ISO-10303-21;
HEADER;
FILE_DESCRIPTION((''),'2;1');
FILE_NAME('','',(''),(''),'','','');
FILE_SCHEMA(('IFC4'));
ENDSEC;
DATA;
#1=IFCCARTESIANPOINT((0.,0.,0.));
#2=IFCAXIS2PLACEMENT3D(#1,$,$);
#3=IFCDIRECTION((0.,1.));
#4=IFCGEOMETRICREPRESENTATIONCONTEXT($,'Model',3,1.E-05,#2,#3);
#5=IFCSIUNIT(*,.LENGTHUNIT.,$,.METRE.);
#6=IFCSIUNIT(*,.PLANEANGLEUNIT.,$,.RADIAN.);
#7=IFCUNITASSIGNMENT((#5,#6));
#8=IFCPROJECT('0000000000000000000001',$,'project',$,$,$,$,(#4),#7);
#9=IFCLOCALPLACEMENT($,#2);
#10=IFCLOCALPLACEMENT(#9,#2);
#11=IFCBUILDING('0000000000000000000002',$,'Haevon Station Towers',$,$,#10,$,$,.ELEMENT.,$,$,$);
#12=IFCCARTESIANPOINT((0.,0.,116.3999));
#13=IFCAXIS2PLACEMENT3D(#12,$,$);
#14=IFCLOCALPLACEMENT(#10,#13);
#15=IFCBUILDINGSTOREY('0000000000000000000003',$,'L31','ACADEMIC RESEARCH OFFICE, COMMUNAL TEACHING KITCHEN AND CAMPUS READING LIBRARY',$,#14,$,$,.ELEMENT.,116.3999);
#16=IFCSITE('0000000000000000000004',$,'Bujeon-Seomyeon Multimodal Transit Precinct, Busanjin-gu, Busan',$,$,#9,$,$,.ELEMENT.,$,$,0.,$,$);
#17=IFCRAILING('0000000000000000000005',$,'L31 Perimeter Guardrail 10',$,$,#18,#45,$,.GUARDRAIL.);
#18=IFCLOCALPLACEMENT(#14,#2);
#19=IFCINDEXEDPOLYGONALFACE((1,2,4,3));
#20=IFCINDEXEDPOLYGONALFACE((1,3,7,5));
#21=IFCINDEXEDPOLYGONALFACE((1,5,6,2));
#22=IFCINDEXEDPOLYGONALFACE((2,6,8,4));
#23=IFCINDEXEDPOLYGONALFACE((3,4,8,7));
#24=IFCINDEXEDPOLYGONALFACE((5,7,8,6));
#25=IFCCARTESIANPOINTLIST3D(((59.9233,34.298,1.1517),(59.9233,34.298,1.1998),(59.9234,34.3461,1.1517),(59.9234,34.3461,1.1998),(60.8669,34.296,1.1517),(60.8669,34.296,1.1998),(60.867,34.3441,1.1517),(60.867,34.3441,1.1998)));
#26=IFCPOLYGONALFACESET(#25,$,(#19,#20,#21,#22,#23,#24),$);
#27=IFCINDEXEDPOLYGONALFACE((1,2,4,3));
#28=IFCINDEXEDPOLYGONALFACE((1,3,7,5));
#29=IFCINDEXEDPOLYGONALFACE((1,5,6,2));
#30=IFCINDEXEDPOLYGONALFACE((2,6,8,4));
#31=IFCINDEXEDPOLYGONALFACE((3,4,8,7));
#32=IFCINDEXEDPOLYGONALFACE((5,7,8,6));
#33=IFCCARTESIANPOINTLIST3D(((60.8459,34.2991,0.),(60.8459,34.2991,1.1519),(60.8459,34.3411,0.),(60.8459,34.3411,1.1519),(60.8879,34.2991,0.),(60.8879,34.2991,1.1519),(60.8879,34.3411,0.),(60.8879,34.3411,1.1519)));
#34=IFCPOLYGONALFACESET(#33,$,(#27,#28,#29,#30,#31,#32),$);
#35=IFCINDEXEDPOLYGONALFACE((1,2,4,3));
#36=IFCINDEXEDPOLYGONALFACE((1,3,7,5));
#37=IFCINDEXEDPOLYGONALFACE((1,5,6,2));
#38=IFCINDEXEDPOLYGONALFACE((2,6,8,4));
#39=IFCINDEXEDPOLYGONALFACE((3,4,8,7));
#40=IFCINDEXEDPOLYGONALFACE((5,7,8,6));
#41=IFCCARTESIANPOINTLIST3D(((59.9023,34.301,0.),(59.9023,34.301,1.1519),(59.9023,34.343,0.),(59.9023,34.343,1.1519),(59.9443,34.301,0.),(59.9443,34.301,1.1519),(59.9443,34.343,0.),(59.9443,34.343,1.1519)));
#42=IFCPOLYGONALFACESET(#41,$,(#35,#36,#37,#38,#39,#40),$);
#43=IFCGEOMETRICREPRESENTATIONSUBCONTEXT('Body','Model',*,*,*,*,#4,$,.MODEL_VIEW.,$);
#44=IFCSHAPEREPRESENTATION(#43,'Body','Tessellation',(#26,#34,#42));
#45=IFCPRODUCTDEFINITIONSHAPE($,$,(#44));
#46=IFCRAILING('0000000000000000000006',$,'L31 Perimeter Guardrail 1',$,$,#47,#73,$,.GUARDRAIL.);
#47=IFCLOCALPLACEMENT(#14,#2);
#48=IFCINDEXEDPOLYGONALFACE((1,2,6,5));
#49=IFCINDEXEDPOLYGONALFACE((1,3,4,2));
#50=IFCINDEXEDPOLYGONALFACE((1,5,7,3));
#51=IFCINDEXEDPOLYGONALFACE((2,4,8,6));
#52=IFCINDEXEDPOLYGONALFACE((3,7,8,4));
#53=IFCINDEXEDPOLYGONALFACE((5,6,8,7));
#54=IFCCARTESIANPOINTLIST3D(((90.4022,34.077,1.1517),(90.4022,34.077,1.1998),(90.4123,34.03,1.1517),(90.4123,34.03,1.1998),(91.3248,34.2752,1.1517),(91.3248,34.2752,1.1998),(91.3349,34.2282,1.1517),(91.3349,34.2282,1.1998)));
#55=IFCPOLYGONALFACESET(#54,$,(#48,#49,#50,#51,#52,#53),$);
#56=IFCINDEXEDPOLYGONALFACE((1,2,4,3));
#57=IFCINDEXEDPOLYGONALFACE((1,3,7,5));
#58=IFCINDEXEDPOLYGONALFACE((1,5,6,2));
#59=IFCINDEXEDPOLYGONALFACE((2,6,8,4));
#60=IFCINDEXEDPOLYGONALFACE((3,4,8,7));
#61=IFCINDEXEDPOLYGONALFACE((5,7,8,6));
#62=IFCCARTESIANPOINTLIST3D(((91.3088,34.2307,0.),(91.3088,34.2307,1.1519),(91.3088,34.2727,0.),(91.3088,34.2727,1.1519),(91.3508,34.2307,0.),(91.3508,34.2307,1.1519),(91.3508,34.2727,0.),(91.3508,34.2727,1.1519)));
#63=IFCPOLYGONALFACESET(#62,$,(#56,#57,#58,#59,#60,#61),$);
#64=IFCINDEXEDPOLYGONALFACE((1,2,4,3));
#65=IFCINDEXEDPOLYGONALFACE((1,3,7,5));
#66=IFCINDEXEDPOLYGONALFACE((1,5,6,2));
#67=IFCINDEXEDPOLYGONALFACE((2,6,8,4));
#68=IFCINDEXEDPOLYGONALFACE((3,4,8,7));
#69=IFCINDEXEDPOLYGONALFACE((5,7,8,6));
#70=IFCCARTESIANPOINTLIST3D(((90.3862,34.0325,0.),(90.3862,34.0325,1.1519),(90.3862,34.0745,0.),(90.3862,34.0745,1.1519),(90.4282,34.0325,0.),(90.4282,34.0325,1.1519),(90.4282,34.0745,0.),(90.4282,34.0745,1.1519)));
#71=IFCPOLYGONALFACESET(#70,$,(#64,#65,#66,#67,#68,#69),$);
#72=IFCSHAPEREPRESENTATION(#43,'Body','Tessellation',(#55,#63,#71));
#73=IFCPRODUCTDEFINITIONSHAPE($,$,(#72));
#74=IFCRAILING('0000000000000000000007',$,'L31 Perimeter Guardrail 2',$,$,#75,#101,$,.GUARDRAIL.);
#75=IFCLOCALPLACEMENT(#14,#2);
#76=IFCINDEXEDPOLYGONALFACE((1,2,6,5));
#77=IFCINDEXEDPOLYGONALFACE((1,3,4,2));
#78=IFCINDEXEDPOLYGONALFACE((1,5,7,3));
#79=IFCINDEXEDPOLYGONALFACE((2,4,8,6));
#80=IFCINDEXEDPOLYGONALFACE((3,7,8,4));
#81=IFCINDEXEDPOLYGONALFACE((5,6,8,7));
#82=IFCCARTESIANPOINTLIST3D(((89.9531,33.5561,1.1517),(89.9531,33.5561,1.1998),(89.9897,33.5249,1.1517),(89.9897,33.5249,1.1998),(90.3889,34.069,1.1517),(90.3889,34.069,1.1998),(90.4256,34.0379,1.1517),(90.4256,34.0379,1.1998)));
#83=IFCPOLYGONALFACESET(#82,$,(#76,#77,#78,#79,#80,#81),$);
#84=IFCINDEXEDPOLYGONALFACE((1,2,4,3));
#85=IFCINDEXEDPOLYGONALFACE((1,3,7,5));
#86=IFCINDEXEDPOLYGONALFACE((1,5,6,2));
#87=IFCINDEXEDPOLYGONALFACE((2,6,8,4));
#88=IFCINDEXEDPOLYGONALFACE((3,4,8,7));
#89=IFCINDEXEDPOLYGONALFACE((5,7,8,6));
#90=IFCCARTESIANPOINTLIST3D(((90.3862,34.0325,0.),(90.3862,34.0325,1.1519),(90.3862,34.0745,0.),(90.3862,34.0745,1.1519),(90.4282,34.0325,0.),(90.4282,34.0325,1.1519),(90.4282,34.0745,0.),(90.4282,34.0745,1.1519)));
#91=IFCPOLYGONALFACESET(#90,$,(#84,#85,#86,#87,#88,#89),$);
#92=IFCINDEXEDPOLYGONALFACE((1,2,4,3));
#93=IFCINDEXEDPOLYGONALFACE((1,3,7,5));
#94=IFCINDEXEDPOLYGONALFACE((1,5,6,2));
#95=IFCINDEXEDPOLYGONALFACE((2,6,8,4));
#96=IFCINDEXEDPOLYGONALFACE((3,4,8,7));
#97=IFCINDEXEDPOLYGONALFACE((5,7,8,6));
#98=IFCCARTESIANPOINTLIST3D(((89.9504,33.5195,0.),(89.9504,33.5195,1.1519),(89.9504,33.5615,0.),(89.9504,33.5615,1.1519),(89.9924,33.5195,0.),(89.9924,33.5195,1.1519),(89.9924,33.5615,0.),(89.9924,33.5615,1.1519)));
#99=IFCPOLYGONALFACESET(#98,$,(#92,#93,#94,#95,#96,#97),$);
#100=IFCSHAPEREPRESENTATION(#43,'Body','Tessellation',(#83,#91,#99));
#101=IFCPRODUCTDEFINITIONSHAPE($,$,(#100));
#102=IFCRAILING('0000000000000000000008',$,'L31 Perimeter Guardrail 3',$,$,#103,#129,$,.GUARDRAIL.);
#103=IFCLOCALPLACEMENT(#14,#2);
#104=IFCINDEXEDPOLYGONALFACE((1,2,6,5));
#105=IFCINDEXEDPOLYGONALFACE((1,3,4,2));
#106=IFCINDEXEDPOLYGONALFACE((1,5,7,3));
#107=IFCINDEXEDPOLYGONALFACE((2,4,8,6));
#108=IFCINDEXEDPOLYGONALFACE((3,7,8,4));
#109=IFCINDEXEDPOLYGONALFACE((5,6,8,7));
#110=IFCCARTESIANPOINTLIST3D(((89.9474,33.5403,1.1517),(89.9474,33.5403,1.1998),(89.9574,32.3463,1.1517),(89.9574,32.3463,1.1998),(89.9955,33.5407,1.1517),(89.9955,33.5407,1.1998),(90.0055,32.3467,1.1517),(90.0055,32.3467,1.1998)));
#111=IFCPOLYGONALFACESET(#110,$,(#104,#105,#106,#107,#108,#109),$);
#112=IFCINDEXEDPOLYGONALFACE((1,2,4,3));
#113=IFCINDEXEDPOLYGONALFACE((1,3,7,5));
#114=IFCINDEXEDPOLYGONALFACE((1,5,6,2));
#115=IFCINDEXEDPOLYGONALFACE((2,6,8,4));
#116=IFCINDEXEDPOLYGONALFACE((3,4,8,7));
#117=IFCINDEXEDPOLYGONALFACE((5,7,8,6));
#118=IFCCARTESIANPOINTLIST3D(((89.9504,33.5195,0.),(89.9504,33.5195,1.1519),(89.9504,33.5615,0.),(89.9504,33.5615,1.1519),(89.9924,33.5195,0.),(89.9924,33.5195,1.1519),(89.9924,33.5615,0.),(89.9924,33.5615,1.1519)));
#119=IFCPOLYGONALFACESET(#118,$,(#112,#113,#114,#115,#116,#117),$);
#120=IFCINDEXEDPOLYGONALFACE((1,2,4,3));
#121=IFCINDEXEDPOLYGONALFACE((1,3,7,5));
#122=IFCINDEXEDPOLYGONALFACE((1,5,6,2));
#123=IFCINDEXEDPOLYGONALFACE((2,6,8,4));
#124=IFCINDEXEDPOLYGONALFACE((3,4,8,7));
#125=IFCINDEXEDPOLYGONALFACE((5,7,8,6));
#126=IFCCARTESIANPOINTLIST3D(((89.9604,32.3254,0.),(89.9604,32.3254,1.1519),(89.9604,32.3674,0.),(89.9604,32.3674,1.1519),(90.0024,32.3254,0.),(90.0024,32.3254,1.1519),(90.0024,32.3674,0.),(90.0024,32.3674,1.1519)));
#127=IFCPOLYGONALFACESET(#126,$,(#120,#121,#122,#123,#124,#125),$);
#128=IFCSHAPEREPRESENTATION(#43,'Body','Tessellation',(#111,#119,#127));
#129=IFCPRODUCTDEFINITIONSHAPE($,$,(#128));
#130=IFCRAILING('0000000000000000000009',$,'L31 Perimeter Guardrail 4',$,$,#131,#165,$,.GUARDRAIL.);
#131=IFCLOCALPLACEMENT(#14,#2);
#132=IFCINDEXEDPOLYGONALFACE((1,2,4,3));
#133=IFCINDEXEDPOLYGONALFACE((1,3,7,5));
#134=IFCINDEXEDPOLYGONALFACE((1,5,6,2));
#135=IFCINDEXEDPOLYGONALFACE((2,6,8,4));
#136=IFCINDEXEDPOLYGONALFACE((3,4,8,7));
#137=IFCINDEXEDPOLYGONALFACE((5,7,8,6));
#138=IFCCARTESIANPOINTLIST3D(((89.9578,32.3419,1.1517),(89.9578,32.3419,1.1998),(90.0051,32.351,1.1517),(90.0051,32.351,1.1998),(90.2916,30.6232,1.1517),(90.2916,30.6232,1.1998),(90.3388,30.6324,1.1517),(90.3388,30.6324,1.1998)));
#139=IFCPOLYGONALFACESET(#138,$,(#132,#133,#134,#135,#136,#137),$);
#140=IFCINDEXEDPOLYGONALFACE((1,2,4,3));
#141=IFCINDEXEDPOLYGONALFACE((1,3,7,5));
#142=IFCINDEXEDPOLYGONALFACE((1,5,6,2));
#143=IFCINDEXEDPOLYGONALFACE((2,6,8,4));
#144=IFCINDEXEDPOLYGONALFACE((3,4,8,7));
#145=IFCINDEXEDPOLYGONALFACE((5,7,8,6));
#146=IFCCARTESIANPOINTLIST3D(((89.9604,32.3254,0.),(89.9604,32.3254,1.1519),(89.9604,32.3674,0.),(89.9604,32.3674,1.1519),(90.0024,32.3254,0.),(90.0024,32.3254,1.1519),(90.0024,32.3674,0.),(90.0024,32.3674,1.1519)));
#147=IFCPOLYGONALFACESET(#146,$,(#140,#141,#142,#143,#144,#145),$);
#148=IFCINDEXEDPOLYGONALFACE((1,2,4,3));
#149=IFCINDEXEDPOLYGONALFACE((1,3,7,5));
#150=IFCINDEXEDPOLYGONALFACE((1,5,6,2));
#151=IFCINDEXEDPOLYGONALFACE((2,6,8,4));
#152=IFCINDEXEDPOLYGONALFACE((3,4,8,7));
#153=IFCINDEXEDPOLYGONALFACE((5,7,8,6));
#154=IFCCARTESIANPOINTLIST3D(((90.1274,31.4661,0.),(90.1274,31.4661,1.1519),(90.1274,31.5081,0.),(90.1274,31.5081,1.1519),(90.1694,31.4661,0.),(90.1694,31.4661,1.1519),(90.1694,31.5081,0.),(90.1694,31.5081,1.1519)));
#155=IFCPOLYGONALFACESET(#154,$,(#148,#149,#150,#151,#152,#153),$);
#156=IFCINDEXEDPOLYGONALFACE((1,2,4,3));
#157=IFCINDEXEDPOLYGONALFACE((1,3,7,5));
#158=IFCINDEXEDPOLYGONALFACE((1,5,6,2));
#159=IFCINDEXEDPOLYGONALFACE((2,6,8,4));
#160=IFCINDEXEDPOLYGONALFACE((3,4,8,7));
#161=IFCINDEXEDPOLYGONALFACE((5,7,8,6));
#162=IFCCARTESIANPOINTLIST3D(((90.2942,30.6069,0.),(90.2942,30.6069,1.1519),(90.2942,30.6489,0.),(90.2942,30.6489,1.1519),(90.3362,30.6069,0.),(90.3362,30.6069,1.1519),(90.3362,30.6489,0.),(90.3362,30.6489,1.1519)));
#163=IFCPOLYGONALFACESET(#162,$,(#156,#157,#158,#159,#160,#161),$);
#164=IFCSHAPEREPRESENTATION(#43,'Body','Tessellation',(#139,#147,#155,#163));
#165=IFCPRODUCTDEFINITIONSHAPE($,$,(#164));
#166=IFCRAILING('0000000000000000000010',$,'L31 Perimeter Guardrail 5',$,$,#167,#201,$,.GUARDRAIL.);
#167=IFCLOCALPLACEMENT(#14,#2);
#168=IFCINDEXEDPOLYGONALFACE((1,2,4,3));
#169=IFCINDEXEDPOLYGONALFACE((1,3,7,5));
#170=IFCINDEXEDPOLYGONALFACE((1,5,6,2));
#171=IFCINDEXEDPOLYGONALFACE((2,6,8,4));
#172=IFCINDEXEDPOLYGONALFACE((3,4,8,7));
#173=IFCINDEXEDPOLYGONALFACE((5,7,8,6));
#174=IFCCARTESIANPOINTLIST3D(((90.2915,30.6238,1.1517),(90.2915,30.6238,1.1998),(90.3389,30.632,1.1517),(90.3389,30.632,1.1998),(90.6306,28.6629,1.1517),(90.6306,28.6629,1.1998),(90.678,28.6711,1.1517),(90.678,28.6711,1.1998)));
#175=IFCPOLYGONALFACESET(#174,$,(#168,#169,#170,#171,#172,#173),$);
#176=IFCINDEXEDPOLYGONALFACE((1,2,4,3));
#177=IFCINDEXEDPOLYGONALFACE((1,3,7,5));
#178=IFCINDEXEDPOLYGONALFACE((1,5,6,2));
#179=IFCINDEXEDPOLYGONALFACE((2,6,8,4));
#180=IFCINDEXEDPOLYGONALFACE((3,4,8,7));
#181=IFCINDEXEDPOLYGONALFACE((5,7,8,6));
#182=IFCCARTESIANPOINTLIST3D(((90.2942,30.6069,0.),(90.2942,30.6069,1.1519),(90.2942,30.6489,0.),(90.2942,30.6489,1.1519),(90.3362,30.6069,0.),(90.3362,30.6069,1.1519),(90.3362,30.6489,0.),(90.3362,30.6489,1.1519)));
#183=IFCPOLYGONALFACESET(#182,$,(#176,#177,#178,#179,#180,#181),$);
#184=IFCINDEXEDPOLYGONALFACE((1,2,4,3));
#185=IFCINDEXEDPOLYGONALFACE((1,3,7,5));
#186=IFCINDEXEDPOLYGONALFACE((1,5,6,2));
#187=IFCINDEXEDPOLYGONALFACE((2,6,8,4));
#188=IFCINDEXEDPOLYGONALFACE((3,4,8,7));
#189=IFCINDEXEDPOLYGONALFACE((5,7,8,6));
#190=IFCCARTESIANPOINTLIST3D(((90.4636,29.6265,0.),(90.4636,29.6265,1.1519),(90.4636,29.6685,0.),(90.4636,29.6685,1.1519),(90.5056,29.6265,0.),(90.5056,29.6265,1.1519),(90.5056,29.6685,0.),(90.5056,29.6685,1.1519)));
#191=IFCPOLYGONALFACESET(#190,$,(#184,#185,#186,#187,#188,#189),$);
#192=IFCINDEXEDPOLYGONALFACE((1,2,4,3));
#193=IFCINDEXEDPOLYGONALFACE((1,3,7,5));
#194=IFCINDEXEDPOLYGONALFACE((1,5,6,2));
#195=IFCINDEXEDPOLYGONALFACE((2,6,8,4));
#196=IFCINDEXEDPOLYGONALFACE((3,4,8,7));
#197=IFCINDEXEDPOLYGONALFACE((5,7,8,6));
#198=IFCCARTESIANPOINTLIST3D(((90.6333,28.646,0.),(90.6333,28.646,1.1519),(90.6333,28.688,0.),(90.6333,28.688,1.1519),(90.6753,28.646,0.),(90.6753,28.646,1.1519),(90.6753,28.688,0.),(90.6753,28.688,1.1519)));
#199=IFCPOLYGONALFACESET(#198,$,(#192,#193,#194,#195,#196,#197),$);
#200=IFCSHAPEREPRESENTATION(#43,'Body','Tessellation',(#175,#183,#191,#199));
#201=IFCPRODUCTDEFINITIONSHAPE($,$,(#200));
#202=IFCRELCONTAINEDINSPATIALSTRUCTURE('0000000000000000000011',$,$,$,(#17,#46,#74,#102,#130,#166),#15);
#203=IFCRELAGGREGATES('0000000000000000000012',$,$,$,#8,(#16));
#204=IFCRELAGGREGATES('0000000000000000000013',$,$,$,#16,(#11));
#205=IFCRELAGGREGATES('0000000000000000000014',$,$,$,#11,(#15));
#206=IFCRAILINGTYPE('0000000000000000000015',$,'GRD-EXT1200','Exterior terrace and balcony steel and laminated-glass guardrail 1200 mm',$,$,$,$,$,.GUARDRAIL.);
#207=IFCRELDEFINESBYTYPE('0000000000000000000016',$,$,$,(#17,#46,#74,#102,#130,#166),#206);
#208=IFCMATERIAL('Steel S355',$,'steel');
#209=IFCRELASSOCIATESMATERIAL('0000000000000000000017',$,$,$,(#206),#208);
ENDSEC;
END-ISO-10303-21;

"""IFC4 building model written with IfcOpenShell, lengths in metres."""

from ifc_helpers import new_model, si_unit, direction, frame, origin, origin_2d, place, context, subcontext, project, spatial, rectangle, extrude, material, type_object, element, save


model = new_model("IFC4")

# Units and contexts
model_context = context("Model", 3, precision=1e-05, world=origin(), true_north=direction((0.0, 1.0)))
body_context = subcontext(model_context, "Body", "Model", "MODEL_VIEW")
ifc_project = project(units=[si_unit("LENGTHUNIT", "METRE"), si_unit("PLANEANGLEUNIT", "RADIAN")], contexts=[model_context])

# Site, building, storey
site_placement = place(None, origin())
site = spatial("IfcSite", under=ifc_project, at=site_placement, Name="Bujeon-Seomyeon Multimodal Transit Precinct, Busanjin-gu, Busan", CompositionType="ELEMENT", RefElevation=0.0)
building_placement = place(site_placement, origin())
building = spatial("IfcBuilding", under=site, at=building_placement, Name="Haevon Station Towers", CompositionType="ELEMENT")
storey_placement = place(building_placement, frame((0.0, 0.0, 116.3999)))
storey = spatial("IfcBuildingStorey", under=building, at=storey_placement, Name="L31", Description="ACADEMIC RESEARCH OFFICE, COMMUNAL TEACHING KITCHEN AND CAMPUS READING LIBRARY", CompositionType="ELEMENT", Elevation=116.3999)

# Shared definitions
ifc_material_1 = material(Name="Steel S355", Category="steel")

# Railings
railing_type = type_object("IfcRailingType", Name="GRD-EXT1200", Description="Exterior terrace and balcony steel and laminated-glass guardrail 1200 mm", PredefinedType="GUARDRAIL", material=ifc_material_1)
railing_1_placement = place(storey_placement, frame((60.8669, 34.3201, 0.0)))
element("IfcRailing", 1, at=railing_1_placement, inside=storey, type_object=railing_type, Name="L31 Perimeter Guardrail 10", PredefinedType="GUARDRAIL", context=body_context, shape_type="SweptSolid", body=[
    extrude(rectangle(XDim=0.0481, YDim=0.0481, at=origin_2d()), frame((0.0, 0.0, 1.1758), z_axis=(-0.999998, 0.00207, 0.0), x_axis=(-0.00207, -0.999998, 0.0)), (0.0, 0.0, 1.0), 0.9436),
    extrude(rectangle(XDim=0.042, YDim=0.042, at=origin_2d()), origin(), (0.0, 0.0, 1.0), 1.1519),
    extrude(rectangle(XDim=0.042, YDim=0.042, at=origin_2d()), frame((-0.9436, 0.002, 0.0)), (0.0, 0.0, 1.0), 1.1519),
])
railing_2_placement = place(storey_placement, frame((91.3298, 34.2517, 0.0)))
element("IfcRailing", 2, at=railing_2_placement, inside=storey, type_object=railing_type, Name="L31 Perimeter Guardrail 1", PredefinedType="GUARDRAIL", context=body_context, shape_type="SweptSolid", body=[
    extrude(rectangle(XDim=0.0481, YDim=0.0481, at=origin_2d()), frame((0.0, 0.0, 1.1758), z_axis=(-0.977685, -0.210077, 0.0), x_axis=(0.210077, -0.977685, 0.0)), (0.0, 0.0, 1.0), 0.9436),
    extrude(rectangle(XDim=0.042, YDim=0.042, at=origin_2d()), origin(), (0.0, 0.0, 1.0), 1.1519),
    extrude(rectangle(XDim=0.042, YDim=0.042, at=origin_2d()), frame((-0.9226, -0.1982, 0.0)), (0.0, 0.0, 1.0), 1.1519),
])
railing_3_placement = place(storey_placement, frame((90.4072, 34.0535, 0.0)))
element("IfcRailing", 3, at=railing_3_placement, inside=storey, type_object=railing_type, Name="L31 Perimeter Guardrail 2", PredefinedType="GUARDRAIL", context=body_context, shape_type="SweptSolid", body=[
    extrude(rectangle(XDim=0.0481, YDim=0.0481, at=origin_2d()), frame((0.0, 0.0, 1.1758), z_axis=(-0.647469, -0.762091, 0.0), x_axis=(0.762091, -0.647469, 0.0)), (0.0, 0.0, 1.0), 0.6731),
    extrude(rectangle(XDim=0.042, YDim=0.042, at=origin_2d()), origin(), (0.0, 0.0, 1.0), 1.1519),
    extrude(rectangle(XDim=0.042, YDim=0.042, at=origin_2d()), frame((-0.4358, -0.5129, 0.0)), (0.0, 0.0, 1.0), 1.1519),
])
railing_4_placement = place(storey_placement, frame((89.9714, 33.5405, 0.0)))
element("IfcRailing", 4, at=railing_4_placement, inside=storey, type_object=railing_type, Name="L31 Perimeter Guardrail 3", PredefinedType="GUARDRAIL", context=body_context, shape_type="SweptSolid", body=[
    extrude(rectangle(XDim=0.0481, YDim=0.0481, at=origin_2d()), frame((0.0, 0.0, 1.1758), z_axis=(0.008382, -0.999965, 0.0), x_axis=(0.999965, 0.008382, 0.0)), (0.0, 0.0, 1.0), 1.1941),
    extrude(rectangle(XDim=0.042, YDim=0.042, at=origin_2d()), origin(), (0.0, 0.0, 1.0), 1.1519),
    extrude(rectangle(XDim=0.042, YDim=0.042, at=origin_2d()), frame((0.01, -1.1941, 0.0)), (0.0, 0.0, 1.0), 1.1519),
])
railing_5_placement = place(storey_placement, frame((89.9814, 32.3464, 0.0)))
element("IfcRailing", 5, at=railing_5_placement, inside=storey, type_object=railing_type, Name="L31 Perimeter Guardrail 4", PredefinedType="GUARDRAIL", context=body_context, shape_type="SweptSolid", body=[
    extrude(rectangle(XDim=0.0481, YDim=0.0481, at=origin_2d()), frame((0.0, 0.0, 1.1758), z_axis=(0.190642, -0.98166, 0.0), x_axis=(0.98166, 0.190642, 0.0)), (0.0, 0.0, 1.0), 1.7507),
    extrude(rectangle(XDim=0.042, YDim=0.042, at=origin_2d()), origin(), (0.0, 0.0, 1.0), 1.1519),
    extrude(rectangle(XDim=0.042, YDim=0.042, at=origin_2d()), frame((0.167, -0.8594, 0.0)), (0.0, 0.0, 1.0), 1.1519),
    extrude(rectangle(XDim=0.042, YDim=0.042, at=origin_2d()), frame((0.3337, -1.7185, 0.0)), (0.0, 0.0, 1.0), 1.1519),
])
railing_6_placement = place(storey_placement, frame((90.3152, 30.6279, 0.0)))
element("IfcRailing", 6, at=railing_6_placement, inside=storey, type_object=railing_type, Name="L31 Perimeter Guardrail 5", PredefinedType="GUARDRAIL", context=body_context, shape_type="SweptSolid", body=[
    extrude(rectangle(XDim=0.0481, YDim=0.0481, at=origin_2d()), frame((0.0, 0.0, 1.1758), z_axis=(0.170404, -0.985374, 0.0), x_axis=(0.985374, 0.170404, 0.0)), (0.0, 0.0, 1.0), 1.99),
    extrude(rectangle(XDim=0.042, YDim=0.042, at=origin_2d()), origin(), (0.0, 0.0, 1.0), 1.1519),
    extrude(rectangle(XDim=0.042, YDim=0.042, at=origin_2d()), frame((0.1694, -0.9805, 0.0)), (0.0, 0.0, 1.0), 1.1519),
    extrude(rectangle(XDim=0.042, YDim=0.042, at=origin_2d()), frame((0.3391, -1.9609, 0.0)), (0.0, 0.0, 1.0), 1.1519),
])

save(model, "model.ifc")
